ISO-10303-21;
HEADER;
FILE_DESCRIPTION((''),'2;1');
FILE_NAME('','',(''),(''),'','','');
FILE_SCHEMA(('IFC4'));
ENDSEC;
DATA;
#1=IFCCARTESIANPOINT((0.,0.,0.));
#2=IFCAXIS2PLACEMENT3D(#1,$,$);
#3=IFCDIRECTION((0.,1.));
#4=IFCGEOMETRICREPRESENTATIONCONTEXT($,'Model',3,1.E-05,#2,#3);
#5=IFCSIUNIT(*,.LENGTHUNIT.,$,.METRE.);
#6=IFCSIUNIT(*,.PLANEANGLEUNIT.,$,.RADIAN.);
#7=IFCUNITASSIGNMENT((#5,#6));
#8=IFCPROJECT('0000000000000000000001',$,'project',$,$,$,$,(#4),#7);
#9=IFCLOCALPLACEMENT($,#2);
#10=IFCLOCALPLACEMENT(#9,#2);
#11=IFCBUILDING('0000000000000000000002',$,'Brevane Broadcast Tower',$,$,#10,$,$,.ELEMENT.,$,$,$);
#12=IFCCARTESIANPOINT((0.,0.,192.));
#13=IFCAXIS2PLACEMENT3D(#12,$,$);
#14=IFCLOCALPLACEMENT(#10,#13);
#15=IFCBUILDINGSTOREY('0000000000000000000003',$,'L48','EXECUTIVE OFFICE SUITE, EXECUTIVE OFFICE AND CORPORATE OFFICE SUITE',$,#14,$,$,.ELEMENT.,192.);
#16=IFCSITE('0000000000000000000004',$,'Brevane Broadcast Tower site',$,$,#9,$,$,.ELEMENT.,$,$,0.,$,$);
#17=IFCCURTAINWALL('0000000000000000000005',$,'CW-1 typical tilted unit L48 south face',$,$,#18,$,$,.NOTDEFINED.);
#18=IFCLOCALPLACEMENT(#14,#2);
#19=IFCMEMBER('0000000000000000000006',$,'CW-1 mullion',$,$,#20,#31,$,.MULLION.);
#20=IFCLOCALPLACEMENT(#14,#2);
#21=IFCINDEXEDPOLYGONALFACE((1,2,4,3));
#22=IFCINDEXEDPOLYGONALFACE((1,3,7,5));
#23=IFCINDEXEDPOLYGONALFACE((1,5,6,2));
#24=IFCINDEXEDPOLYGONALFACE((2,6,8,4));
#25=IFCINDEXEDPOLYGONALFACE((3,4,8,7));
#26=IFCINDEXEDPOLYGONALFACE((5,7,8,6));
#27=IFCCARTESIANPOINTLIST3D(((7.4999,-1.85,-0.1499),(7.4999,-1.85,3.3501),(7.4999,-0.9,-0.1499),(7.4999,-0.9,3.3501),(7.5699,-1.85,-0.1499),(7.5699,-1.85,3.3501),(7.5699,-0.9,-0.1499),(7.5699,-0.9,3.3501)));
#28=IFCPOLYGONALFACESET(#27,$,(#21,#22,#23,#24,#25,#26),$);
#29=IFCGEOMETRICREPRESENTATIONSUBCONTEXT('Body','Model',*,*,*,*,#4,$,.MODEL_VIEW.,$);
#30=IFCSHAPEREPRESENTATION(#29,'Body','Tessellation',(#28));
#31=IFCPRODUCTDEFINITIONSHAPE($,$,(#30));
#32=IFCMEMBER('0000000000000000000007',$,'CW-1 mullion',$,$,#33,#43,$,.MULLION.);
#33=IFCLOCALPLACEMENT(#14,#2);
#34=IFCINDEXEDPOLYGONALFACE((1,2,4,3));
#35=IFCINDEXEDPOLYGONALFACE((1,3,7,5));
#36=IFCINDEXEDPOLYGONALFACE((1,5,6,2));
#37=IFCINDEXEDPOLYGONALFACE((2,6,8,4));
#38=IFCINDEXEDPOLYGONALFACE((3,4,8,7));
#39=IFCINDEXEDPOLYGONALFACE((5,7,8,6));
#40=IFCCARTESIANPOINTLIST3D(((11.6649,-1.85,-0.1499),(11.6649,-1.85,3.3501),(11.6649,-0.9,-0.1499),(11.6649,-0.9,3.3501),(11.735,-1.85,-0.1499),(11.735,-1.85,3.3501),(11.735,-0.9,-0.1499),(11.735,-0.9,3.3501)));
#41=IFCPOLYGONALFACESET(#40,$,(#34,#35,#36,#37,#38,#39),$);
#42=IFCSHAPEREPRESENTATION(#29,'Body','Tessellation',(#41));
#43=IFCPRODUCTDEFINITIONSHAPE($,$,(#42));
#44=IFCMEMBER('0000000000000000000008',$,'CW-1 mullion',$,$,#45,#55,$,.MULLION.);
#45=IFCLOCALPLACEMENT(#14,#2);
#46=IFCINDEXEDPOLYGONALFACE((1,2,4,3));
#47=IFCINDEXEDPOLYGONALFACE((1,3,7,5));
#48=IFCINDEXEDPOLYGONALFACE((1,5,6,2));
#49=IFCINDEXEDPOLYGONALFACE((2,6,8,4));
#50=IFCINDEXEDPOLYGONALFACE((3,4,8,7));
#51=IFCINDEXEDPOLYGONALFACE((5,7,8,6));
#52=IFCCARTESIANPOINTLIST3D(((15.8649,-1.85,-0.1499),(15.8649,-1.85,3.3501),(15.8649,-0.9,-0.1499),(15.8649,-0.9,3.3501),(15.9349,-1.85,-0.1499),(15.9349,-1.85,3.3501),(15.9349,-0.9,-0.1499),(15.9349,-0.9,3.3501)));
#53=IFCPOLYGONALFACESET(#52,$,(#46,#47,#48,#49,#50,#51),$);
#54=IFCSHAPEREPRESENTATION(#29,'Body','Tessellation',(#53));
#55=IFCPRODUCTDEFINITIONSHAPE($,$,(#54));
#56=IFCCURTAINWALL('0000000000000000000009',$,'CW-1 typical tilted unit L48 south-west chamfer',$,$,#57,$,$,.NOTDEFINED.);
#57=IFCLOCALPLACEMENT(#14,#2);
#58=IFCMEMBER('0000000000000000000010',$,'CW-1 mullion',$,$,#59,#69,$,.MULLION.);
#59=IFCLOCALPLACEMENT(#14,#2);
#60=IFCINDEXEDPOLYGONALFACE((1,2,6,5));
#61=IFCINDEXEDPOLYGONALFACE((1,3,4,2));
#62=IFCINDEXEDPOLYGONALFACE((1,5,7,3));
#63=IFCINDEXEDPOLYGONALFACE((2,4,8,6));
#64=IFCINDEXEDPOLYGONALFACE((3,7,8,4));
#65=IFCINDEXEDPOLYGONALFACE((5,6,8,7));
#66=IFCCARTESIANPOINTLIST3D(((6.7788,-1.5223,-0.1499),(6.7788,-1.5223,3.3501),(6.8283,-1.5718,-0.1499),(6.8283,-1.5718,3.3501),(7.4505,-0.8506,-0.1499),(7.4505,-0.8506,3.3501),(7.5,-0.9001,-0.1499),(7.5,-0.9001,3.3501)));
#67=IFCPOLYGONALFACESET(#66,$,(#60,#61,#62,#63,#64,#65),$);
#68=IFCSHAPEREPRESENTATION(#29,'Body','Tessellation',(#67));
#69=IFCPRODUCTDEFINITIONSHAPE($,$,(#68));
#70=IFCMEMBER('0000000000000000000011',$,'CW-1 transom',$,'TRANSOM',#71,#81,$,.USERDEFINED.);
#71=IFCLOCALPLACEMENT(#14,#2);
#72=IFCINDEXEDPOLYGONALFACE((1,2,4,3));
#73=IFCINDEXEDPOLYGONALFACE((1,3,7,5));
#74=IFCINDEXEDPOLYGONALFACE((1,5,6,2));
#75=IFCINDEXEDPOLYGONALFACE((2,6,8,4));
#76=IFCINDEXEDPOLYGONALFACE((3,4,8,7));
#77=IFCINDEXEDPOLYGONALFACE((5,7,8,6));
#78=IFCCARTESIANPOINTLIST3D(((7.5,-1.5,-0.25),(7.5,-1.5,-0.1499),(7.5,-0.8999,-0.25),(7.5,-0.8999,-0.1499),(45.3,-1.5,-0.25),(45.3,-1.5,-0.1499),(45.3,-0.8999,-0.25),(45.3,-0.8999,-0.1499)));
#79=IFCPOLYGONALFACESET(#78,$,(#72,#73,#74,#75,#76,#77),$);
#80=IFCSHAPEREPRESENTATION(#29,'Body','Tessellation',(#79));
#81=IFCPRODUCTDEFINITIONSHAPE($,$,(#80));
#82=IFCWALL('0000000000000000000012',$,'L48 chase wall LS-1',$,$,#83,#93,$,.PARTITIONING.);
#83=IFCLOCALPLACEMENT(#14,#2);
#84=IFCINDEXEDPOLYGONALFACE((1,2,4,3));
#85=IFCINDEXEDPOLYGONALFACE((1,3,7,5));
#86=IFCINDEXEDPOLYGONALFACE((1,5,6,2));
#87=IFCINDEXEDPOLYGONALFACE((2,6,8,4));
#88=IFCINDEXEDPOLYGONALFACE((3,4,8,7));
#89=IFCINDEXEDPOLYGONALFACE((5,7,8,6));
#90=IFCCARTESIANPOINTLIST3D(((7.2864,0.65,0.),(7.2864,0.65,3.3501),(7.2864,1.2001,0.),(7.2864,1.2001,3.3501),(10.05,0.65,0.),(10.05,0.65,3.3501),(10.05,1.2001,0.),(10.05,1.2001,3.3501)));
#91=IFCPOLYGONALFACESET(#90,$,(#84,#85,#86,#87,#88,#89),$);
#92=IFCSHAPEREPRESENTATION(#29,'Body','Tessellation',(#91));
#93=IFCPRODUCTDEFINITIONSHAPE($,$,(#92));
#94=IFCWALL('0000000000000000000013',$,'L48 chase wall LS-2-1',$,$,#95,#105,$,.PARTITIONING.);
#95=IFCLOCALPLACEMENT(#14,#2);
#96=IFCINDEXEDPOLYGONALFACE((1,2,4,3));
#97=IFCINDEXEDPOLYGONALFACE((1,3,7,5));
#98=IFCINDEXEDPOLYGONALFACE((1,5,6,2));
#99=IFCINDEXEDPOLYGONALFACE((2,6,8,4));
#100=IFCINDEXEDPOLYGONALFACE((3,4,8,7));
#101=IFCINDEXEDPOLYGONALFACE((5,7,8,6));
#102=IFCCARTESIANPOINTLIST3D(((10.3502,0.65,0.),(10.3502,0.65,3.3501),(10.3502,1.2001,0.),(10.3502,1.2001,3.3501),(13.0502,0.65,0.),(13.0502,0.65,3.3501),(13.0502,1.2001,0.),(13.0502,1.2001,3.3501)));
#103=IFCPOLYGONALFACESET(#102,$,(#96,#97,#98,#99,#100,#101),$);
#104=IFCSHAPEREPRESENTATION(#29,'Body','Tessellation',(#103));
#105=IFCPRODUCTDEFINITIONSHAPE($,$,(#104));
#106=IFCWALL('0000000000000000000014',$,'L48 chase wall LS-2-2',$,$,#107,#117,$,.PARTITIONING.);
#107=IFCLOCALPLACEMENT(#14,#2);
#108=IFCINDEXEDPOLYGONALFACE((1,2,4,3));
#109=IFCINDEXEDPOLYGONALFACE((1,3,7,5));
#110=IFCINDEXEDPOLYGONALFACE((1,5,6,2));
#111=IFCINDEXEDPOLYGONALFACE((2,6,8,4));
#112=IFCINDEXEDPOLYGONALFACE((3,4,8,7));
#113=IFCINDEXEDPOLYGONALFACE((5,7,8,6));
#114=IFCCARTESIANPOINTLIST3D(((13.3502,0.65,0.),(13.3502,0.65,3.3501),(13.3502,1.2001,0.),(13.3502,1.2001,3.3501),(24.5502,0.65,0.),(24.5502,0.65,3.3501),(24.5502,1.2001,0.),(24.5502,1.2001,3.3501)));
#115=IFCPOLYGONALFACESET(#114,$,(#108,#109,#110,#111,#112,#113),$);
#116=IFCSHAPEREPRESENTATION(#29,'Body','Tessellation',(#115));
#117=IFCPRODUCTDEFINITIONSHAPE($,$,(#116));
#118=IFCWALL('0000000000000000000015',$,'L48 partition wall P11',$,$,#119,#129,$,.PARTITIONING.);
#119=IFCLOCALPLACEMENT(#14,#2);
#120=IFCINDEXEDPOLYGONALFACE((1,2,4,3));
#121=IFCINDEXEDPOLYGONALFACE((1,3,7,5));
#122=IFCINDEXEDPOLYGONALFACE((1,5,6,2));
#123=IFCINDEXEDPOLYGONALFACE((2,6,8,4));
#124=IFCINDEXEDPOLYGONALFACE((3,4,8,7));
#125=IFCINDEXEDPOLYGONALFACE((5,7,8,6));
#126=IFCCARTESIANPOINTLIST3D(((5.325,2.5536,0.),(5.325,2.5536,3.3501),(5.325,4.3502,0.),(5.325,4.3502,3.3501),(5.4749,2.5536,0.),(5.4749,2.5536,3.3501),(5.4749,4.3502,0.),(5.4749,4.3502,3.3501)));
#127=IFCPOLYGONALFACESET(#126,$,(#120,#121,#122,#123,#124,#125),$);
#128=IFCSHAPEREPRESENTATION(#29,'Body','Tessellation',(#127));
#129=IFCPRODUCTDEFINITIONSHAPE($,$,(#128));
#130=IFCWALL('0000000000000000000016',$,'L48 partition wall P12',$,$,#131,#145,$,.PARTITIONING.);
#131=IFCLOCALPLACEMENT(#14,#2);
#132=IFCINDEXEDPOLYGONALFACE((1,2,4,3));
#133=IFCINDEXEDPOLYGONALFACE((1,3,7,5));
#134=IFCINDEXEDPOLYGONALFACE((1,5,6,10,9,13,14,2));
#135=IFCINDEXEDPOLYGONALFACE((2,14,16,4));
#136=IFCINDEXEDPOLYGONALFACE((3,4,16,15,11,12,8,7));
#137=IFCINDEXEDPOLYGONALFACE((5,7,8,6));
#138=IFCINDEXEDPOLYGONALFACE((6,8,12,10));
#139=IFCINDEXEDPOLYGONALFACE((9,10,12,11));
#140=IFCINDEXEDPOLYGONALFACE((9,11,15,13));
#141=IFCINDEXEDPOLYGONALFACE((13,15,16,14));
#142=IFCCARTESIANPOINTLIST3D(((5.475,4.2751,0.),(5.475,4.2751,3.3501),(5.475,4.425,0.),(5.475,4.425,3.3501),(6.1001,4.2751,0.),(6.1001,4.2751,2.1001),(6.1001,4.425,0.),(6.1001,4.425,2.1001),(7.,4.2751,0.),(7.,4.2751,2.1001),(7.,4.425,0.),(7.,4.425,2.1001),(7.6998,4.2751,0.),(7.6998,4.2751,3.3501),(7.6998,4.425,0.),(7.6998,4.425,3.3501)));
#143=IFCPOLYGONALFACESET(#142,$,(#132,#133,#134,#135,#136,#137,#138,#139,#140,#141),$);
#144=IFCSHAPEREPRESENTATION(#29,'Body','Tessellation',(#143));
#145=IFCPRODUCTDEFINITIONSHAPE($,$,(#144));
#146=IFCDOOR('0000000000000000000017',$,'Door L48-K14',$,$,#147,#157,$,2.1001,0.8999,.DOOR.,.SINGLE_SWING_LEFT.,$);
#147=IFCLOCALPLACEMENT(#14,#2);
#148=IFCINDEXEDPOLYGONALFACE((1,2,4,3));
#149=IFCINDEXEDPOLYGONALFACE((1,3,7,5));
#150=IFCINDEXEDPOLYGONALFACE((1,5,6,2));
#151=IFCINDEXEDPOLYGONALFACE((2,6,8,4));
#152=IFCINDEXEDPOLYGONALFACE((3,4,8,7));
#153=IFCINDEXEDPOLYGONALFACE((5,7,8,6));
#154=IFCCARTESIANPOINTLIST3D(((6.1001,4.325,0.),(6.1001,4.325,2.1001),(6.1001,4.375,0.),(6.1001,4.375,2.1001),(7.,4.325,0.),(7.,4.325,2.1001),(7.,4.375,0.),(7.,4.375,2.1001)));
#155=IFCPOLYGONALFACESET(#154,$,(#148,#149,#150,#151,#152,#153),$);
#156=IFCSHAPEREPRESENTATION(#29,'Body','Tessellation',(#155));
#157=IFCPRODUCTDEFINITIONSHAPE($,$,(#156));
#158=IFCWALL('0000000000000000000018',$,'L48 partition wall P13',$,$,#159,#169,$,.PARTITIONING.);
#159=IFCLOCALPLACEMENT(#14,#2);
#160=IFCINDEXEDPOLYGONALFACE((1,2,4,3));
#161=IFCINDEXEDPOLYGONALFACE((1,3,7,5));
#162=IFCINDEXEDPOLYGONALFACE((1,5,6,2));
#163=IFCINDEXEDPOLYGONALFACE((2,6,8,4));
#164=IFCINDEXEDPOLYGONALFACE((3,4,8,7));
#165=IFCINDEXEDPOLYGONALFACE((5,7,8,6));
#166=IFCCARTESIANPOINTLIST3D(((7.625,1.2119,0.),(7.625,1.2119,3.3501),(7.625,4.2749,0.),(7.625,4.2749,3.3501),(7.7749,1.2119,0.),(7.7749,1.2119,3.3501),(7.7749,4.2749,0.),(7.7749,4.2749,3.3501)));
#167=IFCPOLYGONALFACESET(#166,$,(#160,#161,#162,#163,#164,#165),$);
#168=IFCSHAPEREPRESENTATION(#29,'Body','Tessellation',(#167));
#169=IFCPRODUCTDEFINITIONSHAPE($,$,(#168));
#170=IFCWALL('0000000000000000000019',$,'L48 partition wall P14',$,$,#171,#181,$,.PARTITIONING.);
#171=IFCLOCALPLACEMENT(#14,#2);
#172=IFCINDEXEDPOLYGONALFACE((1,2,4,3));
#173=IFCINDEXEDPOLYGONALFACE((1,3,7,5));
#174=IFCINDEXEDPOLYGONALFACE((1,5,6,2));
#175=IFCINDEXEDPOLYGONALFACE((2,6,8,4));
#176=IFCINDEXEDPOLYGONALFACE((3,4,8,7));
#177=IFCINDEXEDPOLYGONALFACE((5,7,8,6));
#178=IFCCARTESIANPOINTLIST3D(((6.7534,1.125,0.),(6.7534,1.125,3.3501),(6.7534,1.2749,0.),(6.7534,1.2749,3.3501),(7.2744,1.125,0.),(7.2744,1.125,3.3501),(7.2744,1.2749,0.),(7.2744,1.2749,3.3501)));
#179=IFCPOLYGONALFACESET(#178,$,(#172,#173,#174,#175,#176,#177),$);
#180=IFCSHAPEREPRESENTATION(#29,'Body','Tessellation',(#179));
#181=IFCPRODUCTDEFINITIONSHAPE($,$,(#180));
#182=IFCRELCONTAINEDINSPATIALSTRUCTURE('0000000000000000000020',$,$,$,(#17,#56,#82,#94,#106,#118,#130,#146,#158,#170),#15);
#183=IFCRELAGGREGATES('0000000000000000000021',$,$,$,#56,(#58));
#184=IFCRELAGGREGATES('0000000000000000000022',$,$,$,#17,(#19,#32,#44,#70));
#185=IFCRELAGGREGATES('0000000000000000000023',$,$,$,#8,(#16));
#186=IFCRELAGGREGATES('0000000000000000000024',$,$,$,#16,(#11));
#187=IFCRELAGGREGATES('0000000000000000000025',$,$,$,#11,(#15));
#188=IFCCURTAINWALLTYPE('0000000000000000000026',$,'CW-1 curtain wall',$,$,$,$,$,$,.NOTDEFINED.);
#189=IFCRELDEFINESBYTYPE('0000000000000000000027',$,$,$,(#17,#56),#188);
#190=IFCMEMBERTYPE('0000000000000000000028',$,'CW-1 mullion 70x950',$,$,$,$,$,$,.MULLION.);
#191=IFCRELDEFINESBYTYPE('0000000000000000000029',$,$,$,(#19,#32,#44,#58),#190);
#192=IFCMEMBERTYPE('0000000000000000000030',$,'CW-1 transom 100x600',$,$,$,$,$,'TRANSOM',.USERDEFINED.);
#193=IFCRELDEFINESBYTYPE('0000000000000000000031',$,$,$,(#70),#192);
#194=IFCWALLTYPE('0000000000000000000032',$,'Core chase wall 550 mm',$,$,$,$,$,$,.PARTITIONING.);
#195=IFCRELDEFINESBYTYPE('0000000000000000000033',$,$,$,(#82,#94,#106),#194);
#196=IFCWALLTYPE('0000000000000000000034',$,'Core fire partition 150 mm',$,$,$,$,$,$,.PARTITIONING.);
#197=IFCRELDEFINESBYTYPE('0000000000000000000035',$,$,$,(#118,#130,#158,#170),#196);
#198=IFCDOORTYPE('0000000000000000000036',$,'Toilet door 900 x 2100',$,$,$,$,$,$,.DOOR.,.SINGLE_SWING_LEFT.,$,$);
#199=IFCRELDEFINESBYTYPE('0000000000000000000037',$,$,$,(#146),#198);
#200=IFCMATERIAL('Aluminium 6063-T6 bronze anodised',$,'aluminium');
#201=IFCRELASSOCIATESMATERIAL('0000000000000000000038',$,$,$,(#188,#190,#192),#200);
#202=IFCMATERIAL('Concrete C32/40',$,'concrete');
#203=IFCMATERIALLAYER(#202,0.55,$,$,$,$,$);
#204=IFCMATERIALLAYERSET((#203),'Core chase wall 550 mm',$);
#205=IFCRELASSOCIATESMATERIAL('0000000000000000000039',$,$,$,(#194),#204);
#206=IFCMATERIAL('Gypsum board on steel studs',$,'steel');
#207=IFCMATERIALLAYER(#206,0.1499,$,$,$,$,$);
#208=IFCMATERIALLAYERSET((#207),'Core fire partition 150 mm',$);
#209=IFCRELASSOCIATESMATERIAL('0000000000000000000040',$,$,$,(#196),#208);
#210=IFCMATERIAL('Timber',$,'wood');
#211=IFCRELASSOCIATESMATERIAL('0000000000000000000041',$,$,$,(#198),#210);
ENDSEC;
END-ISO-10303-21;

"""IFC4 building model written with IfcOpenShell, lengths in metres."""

from ifc_helpers import new_model, si_unit, direction, frame, frame_2d, origin, origin_2d, place, context, subcontext, project, spatial, rectangle, extrude, material, layer, layer_set, material_profile, profile_set, type_object, element, fill, aggregate, save


model = new_model("IFC4")

# Units and contexts
model_context = context("Model", 3, precision=1e-05, world=origin(), true_north=direction((0.0, 1.0)))
body_context = subcontext(model_context, "Body", "Model", "MODEL_VIEW")
ifc_project = project(units=[si_unit("LENGTHUNIT", "METRE"), si_unit("PLANEANGLEUNIT", "RADIAN")], contexts=[model_context])

# Site, building, storey
site_placement = place(None, origin())
site = spatial("IfcSite", under=ifc_project, at=site_placement, Name="Brevane Broadcast Tower site", CompositionType="ELEMENT", RefElevation=0.0)
building_placement = place(site_placement, origin())
building = spatial("IfcBuilding", under=site, at=building_placement, Name="Brevane Broadcast Tower", CompositionType="ELEMENT")
storey_placement = place(building_placement, frame((0.0, 0.0, 192.0)))
storey = spatial("IfcBuildingStorey", under=building, at=storey_placement, Name="L48", Description="EXECUTIVE OFFICE SUITE, EXECUTIVE OFFICE AND CORPORATE OFFICE SUITE", CompositionType="ELEMENT", Elevation=192.0)

# Curtain wall, members
ifc_material_1 = material(Name="Aluminium 6063-T6 bronze anodised", Category="aluminium")
curtain_wall_type = type_object("IfcCurtainWallType", Name="CW-1 curtain wall", PredefinedType="NOTDEFINED", material=ifc_material_1)
curtain_wall_1_placement = place(storey_placement, origin())
curtain_wall_1 = element("IfcCurtainWall", 1, at=curtain_wall_1_placement, inside=storey, type_object=curtain_wall_type, Name="CW-1 typical tilted unit L48 south face", PredefinedType="NOTDEFINED")
ifc_material_profile_1 = material_profile(ifc_material_1, rectangle(XDim=0.95, YDim=0.0701, at=origin_2d()), Name="RECT 70x950")
ifc_profile_set_1 = profile_set([ifc_material_profile_1], Name="Aluminium 6063-T6 bronze anodised")
member_type_1 = type_object("IfcMemberType", Name="CW-1 mullion 70x950", PredefinedType="MULLION", material=ifc_profile_set_1)
member_1_placement = place(storey_placement, frame((7.5349, -1.375, -0.1499), z_axis=(0.0, 0.0, 1.0), x_axis=(0.0, 1.0, 0.0)))
member_1 = element("IfcMember", 2, at=member_1_placement, type_object=member_type_1, Name="CW-1 mullion", PredefinedType="MULLION", context=body_context, shape_type="SweptSolid", body=[
    extrude(rectangle(XDim=0.95, YDim=0.0701, at=origin_2d()), origin(), (0.0, 0.0, 1.0), 3.5),
])
member_2_placement = place(storey_placement, frame((11.7, -1.375, -0.1499), z_axis=(0.0, 0.0, 1.0), x_axis=(0.0, 1.0, 0.0)))
member_2 = element("IfcMember", 3, at=member_2_placement, type_object=member_type_1, Name="CW-1 mullion", PredefinedType="MULLION", context=body_context, shape_type="SweptSolid", body=[
    extrude(rectangle(XDim=0.95, YDim=0.0701, at=origin_2d()), origin(), (0.0, 0.0, 1.0), 3.5),
])
member_3_placement = place(storey_placement, frame((15.8999, -1.375, -0.1499), z_axis=(0.0, 0.0, 1.0), x_axis=(0.0, 1.0, 0.0)))
member_3 = element("IfcMember", 4, at=member_3_placement, type_object=member_type_1, Name="CW-1 mullion", PredefinedType="MULLION", context=body_context, shape_type="SweptSolid", body=[
    extrude(rectangle(XDim=0.95, YDim=0.0701, at=origin_2d()), origin(), (0.0, 0.0, 1.0), 3.5),
])

# Curtain wall, member
curtain_wall_2_placement = place(storey_placement, origin())
curtain_wall_2 = element("IfcCurtainWall", 5, at=curtain_wall_2_placement, inside=storey, type_object=curtain_wall_type, Name="CW-1 typical tilted unit L48 south-west chamfer", PredefinedType="NOTDEFINED")
member_4_placement = place(storey_placement, frame((7.1394, -1.2112, -0.1499), z_axis=(0.0, 0.0, 1.0), x_axis=(0.707107, 0.707107, 0.0)))
member_4 = element("IfcMember", 6, at=member_4_placement, type_object=member_type_1, Name="CW-1 mullion", PredefinedType="MULLION", context=body_context, shape_type="SweptSolid", body=[
    extrude(rectangle(XDim=0.95, YDim=0.0701, at=origin_2d()), origin(), (0.0, 0.0, 1.0), 3.5),
])
aggregate(curtain_wall_2, [member_4])

# Member
ifc_material_profile_2 = material_profile(ifc_material_1, rectangle(XDim=0.6001, YDim=0.1001, at=origin_2d()), Name="RECT 100x600")
ifc_profile_set_2 = profile_set([ifc_material_profile_2], Name="Aluminium 6063-T6 bronze anodised")
member_type_2 = type_object("IfcMemberType", Name="CW-1 transom 100x600", ElementType="TRANSOM", PredefinedType="USERDEFINED", material=ifc_profile_set_2)
member_5_placement = place(storey_placement, frame((7.5, -1.2, -0.2), z_axis=(1.0, 0.0, 0.0), x_axis=(0.0, 1.0, 0.0)))
member_5 = element("IfcMember", 7, at=member_5_placement, type_object=member_type_2, Name="CW-1 transom", ObjectType="TRANSOM", PredefinedType="USERDEFINED", context=body_context, shape_type="SweptSolid", body=[
    extrude(rectangle(XDim=0.6001, YDim=0.1001, at=origin_2d()), origin(), (0.0, 0.0, 1.0), 37.8),
])
aggregate(curtain_wall_1, [member_1, member_2, member_3, member_5])

# Walls
ifc_material_2 = material(Name="Concrete C32/40", Category="concrete")
ifc_layer_1 = layer(ifc_material_2, 0.55)
ifc_layer_set_1 = layer_set([ifc_layer_1], Name="Core chase wall 550 mm")
wall_type_1 = type_object("IfcWallType", Name="Core chase wall 550 mm", PredefinedType="PARTITIONING", material=ifc_layer_set_1)
wall_1_placement = place(storey_placement, frame((7.2864, 0.925, 0.0), z_axis=(0.0, 0.0, 1.0), x_axis=(1.0, 0.0, 0.0)))
element("IfcWall", 8, at=wall_1_placement, inside=storey, type_object=wall_type_1, Name="L48 chase wall LS-1", PredefinedType="PARTITIONING", context=body_context, shape_type="SweptSolid", body=[
    extrude(rectangle(XDim=2.7637, YDim=0.55, at=frame_2d((1.3818, 0.0))), origin(), (0.0, 0.0, 1.0), 3.3501),
])
wall_2_placement = place(storey_placement, frame((10.3501, 0.925, 0.0), z_axis=(0.0, 0.0, 1.0), x_axis=(1.0, 0.0, 0.0)))
element("IfcWall", 9, at=wall_2_placement, inside=storey, type_object=wall_type_1, Name="L48 chase wall LS-2-1", PredefinedType="PARTITIONING", context=body_context, shape_type="SweptSolid", body=[
    extrude(rectangle(XDim=2.7, YDim=0.55, at=frame_2d((1.3501, 0.0))), origin(), (0.0, 0.0, 1.0), 3.3501),
])
wall_3_placement = place(storey_placement, frame((13.3501, 0.925, 0.0), z_axis=(0.0, 0.0, 1.0), x_axis=(1.0, 0.0, 0.0)))
element("IfcWall", 10, at=wall_3_placement, inside=storey, type_object=wall_type_1, Name="L48 chase wall LS-2-2", PredefinedType="PARTITIONING", context=body_context, shape_type="SweptSolid", body=[
    extrude(rectangle(XDim=11.2, YDim=0.55, at=frame_2d((5.6001, 0.0))), origin(), (0.0, 0.0, 1.0), 3.3501),
])
ifc_material_3 = material(Name="Gypsum board on steel studs", Category="steel")
ifc_layer_2 = layer(ifc_material_3, 0.1499)
ifc_layer_set_2 = layer_set([ifc_layer_2], Name="Core fire partition 150 mm")
wall_type_2 = type_object("IfcWallType", Name="Core fire partition 150 mm", PredefinedType="PARTITIONING", material=ifc_layer_set_2)
wall_4_placement = place(storey_placement, frame((5.3999, 2.5535, 0.0), z_axis=(0.0, 0.0, 1.0), x_axis=(0.0, 1.0, 0.0)))
element("IfcWall", 11, at=wall_4_placement, inside=storey, type_object=wall_type_2, Name="L48 partition wall P11", PredefinedType="PARTITIONING", context=body_context, shape_type="SweptSolid", body=[
    extrude(rectangle(XDim=1.7966, YDim=0.1499, at=frame_2d((0.8984, 0.0))), origin(), (0.0, 0.0, 1.0), 3.3501),
])

# Wall, opening, door
wall_5_placement = place(storey_placement, frame((5.4751, 4.3501, 0.0), z_axis=(0.0, 0.0, 1.0), x_axis=(1.0, 0.0, 0.0)))
wall_5 = element("IfcWall", 12, at=wall_5_placement, inside=storey, type_object=wall_type_2, Name="L48 partition wall P12", PredefinedType="PARTITIONING", context=body_context, shape_type="SweptSolid", body=[
    extrude(rectangle(XDim=2.2249, YDim=0.1499, at=frame_2d((1.1123, 0.0))), origin(), (0.0, 0.0, 1.0), 3.3501),
])
opening_1_placement = place(wall_5_placement, frame((0.625, 0.0, 0.0)))
opening_1 = element("IfcOpeningElement", 13, at=opening_1_placement, cuts=wall_5, PredefinedType="OPENING", context=body_context, shape_type="SweptSolid", body=[
    extrude(rectangle(XDim=0.8999, YDim=2.1001, at=frame_2d((0.45, 1.05))), frame((0.0, 0.085, 0.0), z_axis=(0.0, -1.0, 0.0), x_axis=(1.0, 0.0, 0.0)), (0.0, 0.0, 1.0), 0.1699),
])
ifc_material_4 = material(Name="Timber", Category="wood")
door_type_1 = type_object("IfcDoorType", Name="Toilet door 900 x 2100", OperationType="SINGLE_SWING_LEFT", PredefinedType="DOOR", material=ifc_material_4)
door_1_placement = place(opening_1_placement, origin())
door_1 = element("IfcDoor", 14, at=door_1_placement, inside=storey, type_object=door_type_1, Name="Door L48-K14", OperationType="SINGLE_SWING_LEFT", OverallHeight=2.1001, OverallWidth=0.8999, PredefinedType="DOOR", context=body_context, shape_type="SweptSolid", body=[
    extrude(rectangle(XDim=0.8999, YDim=2.1001, at=frame_2d((0.45, 1.05))), frame((0.0, 0.0249, 0.0), z_axis=(0.0, -1.0, 0.0), x_axis=(1.0, 0.0, 0.0)), (0.0, 0.0, 1.0), 0.05),
])
fill(opening_1, door_1)

# Walls
wall_6_placement = place(storey_placement, frame((7.7, 4.2749, 0.0), z_axis=(0.0, 0.0, 1.0), x_axis=(0.0, -1.0, 0.0)))
element("IfcWall", 15, at=wall_6_placement, inside=storey, type_object=wall_type_2, Name="L48 partition wall P13", PredefinedType="PARTITIONING", context=body_context, shape_type="SweptSolid", body=[
    extrude(rectangle(XDim=3.063, YDim=0.1499, at=frame_2d((1.5315, 0.0))), origin(), (0.0, 0.0, 1.0), 3.3501),
])
wall_7_placement = place(storey_placement, frame((7.2744, 1.2, 0.0), z_axis=(0.0, 0.0, 1.0), x_axis=(-1.0, 0.0, 0.0)))
element("IfcWall", 16, at=wall_7_placement, inside=storey, type_object=wall_type_2, Name="L48 partition wall P14", PredefinedType="PARTITIONING", context=body_context, shape_type="SweptSolid", body=[
    extrude(rectangle(XDim=0.521, YDim=0.1499, at=frame_2d((0.2605, 0.0))), origin(), (0.0, 0.0, 1.0), 3.3501),
])

save(model, "model.ifc")
